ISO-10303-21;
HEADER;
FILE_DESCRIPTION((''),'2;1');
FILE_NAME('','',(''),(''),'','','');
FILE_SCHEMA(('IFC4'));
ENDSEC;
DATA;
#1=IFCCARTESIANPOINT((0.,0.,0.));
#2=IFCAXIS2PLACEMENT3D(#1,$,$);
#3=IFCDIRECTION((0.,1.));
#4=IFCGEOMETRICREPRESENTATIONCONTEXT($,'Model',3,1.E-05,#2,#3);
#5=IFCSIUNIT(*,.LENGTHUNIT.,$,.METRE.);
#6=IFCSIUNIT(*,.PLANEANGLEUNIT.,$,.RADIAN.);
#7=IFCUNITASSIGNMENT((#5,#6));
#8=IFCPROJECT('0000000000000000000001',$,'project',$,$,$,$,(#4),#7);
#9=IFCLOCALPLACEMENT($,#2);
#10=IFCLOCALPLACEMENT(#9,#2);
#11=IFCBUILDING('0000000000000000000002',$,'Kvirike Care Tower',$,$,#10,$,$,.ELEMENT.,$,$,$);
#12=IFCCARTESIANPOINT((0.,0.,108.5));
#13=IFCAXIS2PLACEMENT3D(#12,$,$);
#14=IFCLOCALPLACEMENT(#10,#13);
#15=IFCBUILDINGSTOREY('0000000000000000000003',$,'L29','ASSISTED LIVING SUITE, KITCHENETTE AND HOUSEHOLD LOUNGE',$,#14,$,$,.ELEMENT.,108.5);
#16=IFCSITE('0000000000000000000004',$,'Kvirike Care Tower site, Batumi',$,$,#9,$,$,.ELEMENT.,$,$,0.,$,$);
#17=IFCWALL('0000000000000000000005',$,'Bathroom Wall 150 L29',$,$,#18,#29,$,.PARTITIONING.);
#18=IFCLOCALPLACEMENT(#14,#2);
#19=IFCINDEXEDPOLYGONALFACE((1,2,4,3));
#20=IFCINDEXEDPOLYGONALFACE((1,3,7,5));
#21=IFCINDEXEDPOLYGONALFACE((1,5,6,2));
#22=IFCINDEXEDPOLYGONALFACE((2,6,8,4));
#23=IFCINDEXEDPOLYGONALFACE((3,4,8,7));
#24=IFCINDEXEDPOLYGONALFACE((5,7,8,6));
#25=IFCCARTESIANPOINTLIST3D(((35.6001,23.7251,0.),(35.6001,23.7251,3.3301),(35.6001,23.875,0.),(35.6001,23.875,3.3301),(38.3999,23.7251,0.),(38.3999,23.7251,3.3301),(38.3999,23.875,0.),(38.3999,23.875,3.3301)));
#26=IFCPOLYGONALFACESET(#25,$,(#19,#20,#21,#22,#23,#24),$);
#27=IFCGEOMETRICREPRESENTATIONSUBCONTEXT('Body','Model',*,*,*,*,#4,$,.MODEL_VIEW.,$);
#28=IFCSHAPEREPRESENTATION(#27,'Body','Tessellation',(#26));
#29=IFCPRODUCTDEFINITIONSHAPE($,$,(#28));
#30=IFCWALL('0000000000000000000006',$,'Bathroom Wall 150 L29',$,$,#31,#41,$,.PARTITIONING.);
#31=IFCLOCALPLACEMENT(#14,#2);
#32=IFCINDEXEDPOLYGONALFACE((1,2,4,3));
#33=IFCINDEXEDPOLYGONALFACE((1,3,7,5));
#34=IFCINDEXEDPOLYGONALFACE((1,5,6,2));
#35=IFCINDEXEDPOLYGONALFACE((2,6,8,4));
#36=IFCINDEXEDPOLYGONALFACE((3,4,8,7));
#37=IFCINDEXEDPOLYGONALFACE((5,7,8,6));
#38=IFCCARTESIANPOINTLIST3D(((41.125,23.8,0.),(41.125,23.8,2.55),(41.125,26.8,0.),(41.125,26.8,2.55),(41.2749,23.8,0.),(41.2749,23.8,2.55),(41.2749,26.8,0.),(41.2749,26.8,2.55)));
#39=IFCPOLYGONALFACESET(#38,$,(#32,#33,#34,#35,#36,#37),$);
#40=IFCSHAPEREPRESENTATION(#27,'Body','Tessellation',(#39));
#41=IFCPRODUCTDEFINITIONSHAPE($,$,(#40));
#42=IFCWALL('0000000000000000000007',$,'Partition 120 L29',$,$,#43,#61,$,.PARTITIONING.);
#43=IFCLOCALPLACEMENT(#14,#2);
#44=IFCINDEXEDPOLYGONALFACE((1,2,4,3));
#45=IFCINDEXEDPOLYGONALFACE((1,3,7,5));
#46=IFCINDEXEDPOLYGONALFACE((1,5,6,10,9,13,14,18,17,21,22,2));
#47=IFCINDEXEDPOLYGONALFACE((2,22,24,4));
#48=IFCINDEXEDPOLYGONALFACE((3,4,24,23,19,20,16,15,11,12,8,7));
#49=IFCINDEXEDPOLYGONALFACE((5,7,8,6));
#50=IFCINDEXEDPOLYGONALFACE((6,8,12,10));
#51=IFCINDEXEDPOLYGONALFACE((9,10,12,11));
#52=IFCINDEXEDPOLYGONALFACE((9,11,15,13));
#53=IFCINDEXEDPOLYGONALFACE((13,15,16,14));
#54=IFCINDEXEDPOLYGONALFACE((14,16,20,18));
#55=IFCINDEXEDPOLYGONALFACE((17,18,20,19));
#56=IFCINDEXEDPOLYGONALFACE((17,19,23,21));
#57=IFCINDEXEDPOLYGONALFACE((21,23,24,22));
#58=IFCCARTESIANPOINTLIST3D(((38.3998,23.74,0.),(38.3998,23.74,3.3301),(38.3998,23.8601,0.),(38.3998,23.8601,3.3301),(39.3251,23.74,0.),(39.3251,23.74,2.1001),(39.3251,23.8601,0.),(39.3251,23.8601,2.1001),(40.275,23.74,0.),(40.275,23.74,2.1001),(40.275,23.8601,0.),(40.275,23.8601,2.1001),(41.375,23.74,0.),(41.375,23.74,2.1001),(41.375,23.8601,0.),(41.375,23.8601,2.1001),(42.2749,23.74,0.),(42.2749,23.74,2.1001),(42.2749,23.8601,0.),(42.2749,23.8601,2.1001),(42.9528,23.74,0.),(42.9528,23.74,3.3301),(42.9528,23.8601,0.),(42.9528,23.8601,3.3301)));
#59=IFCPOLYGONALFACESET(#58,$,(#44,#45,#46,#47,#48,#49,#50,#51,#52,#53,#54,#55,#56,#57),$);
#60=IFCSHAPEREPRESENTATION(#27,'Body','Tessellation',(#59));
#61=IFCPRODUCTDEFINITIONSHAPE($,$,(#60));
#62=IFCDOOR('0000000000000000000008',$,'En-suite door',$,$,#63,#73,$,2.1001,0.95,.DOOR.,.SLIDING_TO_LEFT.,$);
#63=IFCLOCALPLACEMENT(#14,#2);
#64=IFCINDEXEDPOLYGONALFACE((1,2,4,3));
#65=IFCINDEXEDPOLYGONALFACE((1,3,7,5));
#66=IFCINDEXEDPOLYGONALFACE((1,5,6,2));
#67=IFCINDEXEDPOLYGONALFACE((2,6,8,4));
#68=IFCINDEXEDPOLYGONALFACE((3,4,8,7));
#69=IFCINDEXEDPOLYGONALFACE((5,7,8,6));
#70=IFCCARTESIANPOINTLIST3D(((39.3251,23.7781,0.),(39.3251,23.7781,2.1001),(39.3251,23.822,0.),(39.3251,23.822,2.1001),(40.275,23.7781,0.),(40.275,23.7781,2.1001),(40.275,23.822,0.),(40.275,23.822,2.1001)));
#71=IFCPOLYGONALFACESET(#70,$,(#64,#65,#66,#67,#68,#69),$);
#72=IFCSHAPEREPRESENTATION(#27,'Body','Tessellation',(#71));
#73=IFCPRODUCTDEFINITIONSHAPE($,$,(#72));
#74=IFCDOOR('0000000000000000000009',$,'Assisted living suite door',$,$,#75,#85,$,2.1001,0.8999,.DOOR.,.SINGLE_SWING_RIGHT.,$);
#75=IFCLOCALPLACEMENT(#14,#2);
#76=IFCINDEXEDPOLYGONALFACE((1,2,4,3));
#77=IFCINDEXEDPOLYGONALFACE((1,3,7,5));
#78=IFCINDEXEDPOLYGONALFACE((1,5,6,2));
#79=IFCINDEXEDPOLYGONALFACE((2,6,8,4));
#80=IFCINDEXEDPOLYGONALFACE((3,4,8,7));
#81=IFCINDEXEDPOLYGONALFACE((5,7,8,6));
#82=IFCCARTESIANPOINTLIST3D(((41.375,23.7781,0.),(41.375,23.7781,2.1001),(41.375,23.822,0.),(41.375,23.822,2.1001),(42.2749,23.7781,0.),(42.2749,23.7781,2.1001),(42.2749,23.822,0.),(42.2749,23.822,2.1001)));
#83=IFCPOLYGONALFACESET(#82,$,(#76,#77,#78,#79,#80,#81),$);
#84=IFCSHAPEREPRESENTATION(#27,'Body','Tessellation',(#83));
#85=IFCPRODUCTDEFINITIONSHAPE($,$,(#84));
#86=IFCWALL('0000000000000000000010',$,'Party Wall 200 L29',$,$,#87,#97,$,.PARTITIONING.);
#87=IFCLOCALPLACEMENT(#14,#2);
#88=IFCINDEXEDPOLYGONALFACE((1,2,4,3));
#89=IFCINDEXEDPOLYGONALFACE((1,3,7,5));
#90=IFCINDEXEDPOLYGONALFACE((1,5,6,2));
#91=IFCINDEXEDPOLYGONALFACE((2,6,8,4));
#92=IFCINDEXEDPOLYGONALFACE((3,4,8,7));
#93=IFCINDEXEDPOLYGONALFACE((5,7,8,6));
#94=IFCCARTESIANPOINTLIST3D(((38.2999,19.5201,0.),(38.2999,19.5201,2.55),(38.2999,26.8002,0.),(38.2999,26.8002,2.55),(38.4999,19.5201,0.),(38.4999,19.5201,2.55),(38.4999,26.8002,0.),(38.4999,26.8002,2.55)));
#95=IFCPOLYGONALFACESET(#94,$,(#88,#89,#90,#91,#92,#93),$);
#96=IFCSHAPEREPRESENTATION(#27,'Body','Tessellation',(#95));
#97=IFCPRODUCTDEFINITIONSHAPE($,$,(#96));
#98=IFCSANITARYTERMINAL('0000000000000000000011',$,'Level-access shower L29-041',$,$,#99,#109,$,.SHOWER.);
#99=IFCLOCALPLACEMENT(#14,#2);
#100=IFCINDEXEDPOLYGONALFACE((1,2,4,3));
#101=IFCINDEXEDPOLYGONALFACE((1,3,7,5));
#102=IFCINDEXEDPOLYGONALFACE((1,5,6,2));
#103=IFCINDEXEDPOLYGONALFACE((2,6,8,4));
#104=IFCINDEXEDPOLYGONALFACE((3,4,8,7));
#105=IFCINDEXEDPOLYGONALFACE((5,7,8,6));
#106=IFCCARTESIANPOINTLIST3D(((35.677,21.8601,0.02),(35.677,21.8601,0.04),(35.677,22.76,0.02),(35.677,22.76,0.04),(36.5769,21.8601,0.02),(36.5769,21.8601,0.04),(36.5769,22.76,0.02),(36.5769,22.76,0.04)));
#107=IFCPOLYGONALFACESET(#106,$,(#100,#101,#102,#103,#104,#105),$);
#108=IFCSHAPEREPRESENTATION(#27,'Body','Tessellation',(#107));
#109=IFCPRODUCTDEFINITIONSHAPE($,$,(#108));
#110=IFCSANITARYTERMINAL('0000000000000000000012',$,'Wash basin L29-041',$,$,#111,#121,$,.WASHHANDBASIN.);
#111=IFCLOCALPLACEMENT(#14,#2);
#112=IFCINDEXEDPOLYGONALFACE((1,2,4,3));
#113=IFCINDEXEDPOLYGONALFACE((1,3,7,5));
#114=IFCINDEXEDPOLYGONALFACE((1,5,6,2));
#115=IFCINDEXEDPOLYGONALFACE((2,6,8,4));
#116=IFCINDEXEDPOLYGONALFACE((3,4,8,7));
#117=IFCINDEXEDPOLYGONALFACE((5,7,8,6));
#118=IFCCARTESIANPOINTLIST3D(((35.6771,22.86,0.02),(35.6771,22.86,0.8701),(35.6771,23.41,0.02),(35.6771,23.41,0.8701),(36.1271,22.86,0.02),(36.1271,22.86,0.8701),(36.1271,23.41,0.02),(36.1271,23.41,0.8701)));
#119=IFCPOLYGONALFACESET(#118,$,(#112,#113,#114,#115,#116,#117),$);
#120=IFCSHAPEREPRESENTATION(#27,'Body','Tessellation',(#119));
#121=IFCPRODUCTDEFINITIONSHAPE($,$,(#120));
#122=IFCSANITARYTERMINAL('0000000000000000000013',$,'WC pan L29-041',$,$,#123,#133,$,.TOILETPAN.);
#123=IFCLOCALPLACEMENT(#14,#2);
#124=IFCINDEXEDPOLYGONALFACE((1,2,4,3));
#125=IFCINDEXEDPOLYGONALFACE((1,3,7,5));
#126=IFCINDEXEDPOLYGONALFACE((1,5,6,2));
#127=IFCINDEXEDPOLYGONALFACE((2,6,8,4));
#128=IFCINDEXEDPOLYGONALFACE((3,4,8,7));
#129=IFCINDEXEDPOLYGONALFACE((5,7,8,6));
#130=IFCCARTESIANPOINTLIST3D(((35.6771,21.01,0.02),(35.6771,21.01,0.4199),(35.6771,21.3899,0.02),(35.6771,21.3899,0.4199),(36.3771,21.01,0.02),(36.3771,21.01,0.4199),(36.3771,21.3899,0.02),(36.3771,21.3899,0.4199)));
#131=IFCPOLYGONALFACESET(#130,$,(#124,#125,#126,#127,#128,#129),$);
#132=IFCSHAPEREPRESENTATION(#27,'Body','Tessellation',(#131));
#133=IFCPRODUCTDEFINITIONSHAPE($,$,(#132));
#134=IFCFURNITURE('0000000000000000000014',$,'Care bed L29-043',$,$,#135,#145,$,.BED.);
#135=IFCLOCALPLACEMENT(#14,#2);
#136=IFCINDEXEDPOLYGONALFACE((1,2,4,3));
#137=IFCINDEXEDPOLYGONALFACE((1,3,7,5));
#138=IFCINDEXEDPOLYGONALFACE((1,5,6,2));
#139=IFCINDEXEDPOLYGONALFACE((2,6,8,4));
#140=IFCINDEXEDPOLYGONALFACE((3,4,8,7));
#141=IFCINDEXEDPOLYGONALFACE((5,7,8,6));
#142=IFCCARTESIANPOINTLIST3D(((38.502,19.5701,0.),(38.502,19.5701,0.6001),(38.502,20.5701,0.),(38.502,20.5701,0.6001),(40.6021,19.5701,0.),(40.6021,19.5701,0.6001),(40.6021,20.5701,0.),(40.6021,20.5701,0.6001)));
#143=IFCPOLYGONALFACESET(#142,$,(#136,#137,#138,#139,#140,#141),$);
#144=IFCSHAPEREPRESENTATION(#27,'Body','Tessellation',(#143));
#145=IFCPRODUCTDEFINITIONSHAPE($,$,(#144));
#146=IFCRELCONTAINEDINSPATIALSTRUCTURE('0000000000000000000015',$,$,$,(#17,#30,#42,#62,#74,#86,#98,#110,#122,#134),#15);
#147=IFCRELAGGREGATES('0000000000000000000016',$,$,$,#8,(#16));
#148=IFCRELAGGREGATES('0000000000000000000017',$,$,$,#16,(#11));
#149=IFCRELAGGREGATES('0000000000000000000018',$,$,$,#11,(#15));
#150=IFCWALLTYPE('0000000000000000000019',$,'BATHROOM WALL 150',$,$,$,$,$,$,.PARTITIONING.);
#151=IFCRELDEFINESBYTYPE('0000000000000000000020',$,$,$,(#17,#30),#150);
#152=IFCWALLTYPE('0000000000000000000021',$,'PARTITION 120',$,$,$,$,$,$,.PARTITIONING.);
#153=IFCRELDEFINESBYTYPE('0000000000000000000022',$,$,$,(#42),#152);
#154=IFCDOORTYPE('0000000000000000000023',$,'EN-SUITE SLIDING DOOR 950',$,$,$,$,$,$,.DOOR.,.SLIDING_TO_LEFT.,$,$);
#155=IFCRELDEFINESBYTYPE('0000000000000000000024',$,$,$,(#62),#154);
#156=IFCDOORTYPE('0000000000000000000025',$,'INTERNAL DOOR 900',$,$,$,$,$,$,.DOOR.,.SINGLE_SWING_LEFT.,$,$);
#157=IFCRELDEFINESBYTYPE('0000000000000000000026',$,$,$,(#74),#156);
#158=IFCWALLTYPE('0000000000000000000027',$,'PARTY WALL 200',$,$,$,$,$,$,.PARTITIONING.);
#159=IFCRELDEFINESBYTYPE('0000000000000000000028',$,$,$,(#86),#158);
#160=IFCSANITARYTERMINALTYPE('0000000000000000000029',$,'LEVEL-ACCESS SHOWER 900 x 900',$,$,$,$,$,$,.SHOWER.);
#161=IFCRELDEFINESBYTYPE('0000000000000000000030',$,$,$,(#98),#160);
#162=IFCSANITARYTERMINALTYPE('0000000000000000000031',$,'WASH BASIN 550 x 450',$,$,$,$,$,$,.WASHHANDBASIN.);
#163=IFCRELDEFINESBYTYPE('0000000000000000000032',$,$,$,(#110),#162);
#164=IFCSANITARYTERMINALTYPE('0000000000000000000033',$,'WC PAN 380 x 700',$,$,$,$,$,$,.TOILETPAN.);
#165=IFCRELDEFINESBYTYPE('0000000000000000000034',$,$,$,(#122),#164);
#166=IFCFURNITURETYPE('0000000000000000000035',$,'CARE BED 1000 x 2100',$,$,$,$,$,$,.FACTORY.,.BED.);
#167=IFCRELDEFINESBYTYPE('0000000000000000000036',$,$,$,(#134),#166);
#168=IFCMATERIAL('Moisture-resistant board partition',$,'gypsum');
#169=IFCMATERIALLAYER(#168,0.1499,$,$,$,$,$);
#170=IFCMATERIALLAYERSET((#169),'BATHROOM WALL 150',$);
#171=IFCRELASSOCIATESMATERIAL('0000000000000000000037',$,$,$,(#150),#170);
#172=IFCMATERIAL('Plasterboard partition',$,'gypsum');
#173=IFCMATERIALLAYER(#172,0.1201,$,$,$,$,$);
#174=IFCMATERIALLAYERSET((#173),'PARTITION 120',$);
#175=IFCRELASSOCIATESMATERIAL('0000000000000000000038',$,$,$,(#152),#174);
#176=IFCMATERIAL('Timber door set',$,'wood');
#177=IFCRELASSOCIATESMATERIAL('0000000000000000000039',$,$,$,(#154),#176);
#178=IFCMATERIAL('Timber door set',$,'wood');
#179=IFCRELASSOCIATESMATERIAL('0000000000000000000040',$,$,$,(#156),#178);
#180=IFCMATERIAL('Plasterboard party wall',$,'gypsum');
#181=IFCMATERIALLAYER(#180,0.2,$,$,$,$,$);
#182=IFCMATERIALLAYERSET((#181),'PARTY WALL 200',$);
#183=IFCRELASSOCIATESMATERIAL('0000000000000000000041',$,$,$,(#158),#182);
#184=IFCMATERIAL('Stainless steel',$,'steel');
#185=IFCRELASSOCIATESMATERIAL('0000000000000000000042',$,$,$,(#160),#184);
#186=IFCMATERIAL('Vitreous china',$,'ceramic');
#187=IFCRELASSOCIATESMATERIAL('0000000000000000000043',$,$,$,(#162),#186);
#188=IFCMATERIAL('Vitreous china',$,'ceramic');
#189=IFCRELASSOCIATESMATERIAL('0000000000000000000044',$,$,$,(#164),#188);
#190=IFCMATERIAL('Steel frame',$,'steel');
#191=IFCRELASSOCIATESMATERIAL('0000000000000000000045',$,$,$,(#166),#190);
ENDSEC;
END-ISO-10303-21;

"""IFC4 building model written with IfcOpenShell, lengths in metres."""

from ifc_helpers import new_model, si_unit, direction, frame, frame_2d, origin, origin_2d, place, context, subcontext, project, spatial, rectangle, extrude, material, layer, layer_set, type_object, element, fill, save


model = new_model("IFC4")

# Units and contexts
model_context = context("Model", 3, precision=1e-05, world=origin(), true_north=direction((0.0, 1.0)))
body_context = subcontext(model_context, "Body", "Model", "MODEL_VIEW")
ifc_project = project(units=[si_unit("LENGTHUNIT", "METRE"), si_unit("PLANEANGLEUNIT", "RADIAN")], contexts=[model_context])

# Site, building, storey
site_placement = place(None, origin())
site = spatial("IfcSite", under=ifc_project, at=site_placement, Name="Kvirike Care Tower site, Batumi", CompositionType="ELEMENT", RefElevation=0.0)
building_placement = place(site_placement, origin())
building = spatial("IfcBuilding", under=site, at=building_placement, Name="Kvirike Care Tower", CompositionType="ELEMENT")
storey_placement = place(building_placement, frame((0.0, 0.0, 108.5)))
storey = spatial("IfcBuildingStorey", under=building, at=storey_placement, Name="L29", Description="ASSISTED LIVING SUITE, KITCHENETTE AND HOUSEHOLD LOUNGE", CompositionType="ELEMENT", Elevation=108.5)

# Walls
ifc_material_1 = material(Name="Moisture-resistant board partition", Category="gypsum")
ifc_layer_1 = layer(ifc_material_1, 0.1499)
ifc_layer_set_1 = layer_set([ifc_layer_1], Name="BATHROOM WALL 150")
wall_type_1 = type_object("IfcWallType", Name="BATHROOM WALL 150", PredefinedType="PARTITIONING", material=ifc_layer_set_1)
wall_1_placement = place(storey_placement, frame((35.6001, 23.8, 0.0), z_axis=(0.0, 0.0, 1.0), x_axis=(1.0, 0.0, 0.0)))
element("IfcWall", 1, at=wall_1_placement, inside=storey, type_object=wall_type_1, Name="Bathroom Wall 150 L29", PredefinedType="PARTITIONING", context=body_context, shape_type="SweptSolid", body=[
    extrude(rectangle(XDim=2.7998, YDim=0.1499, at=frame_2d((1.3999, 0.0))), origin(), (0.0, 0.0, 1.0), 3.3301),
])
wall_2_placement = place(storey_placement, frame((41.2, 23.8, 0.0), z_axis=(0.0, 0.0, 1.0), x_axis=(0.0, 1.0, 0.0)))
element("IfcWall", 2, at=wall_2_placement, inside=storey, type_object=wall_type_1, Name="Bathroom Wall 150 L29", PredefinedType="PARTITIONING", context=body_context, shape_type="SweptSolid", body=[
    extrude(rectangle(XDim=3.0, YDim=0.1499, at=frame_2d((1.5, 0.0))), origin(), (0.0, 0.0, 1.0), 2.55),
])

# Wall, openings, doors
ifc_material_2 = material(Name="Plasterboard partition", Category="gypsum")
ifc_layer_2 = layer(ifc_material_2, 0.1201)
ifc_layer_set_2 = layer_set([ifc_layer_2], Name="PARTITION 120")
wall_type_2 = type_object("IfcWallType", Name="PARTITION 120", PredefinedType="PARTITIONING", material=ifc_layer_set_2)
wall_3_placement = place(storey_placement, frame((38.3999, 23.8, 0.0), z_axis=(0.0, 0.0, 1.0), x_axis=(1.0, 0.0, 0.0)))
wall_3 = element("IfcWall", 3, at=wall_3_placement, inside=storey, type_object=wall_type_2, Name="Partition 120 L29", PredefinedType="PARTITIONING", context=body_context, shape_type="SweptSolid", body=[
    extrude(rectangle(XDim=4.553, YDim=0.1201, at=frame_2d((2.2764, 0.0))), origin(), (0.0, 0.0, 1.0), 3.3301),
])
opening_1_placement = place(wall_3_placement, frame((2.9751, 0.0, 0.0)))
opening_1 = element("IfcOpeningElement", 4, at=opening_1_placement, cuts=wall_3, PredefinedType="OPENING", context=body_context, shape_type="SweptSolid", body=[
    extrude(rectangle(XDim=0.8999, YDim=2.1001, at=frame_2d((0.45, 1.05))), frame((0.0, 0.0706, 0.0), z_axis=(0.0, -1.0, 0.0), x_axis=(1.0, 0.0, 0.0)), (0.0, 0.0, 1.0), 0.1411),
])
opening_2_placement = place(wall_3_placement, frame((0.925, 0.0, 0.0)))
opening_2 = element("IfcOpeningElement", 5, at=opening_2_placement, cuts=wall_3, PredefinedType="OPENING", context=body_context, shape_type="SweptSolid", body=[
    extrude(rectangle(XDim=0.95, YDim=2.1001, at=frame_2d((0.4751, 1.05))), frame((0.0, 0.0706, 0.0), z_axis=(0.0, -1.0, 0.0), x_axis=(1.0, 0.0, 0.0)), (0.0, 0.0, 1.0), 0.1411),
])
ifc_material_3 = material(Name="Timber door set", Category="wood")
door_type_1 = type_object("IfcDoorType", Name="EN-SUITE SLIDING DOOR 950", OperationType="SLIDING_TO_LEFT", PredefinedType="DOOR", material=ifc_material_3)
door_1_placement = place(opening_2_placement, origin())
door_1 = element("IfcDoor", 6, at=door_1_placement, inside=storey, type_object=door_type_1, Name="En-suite door", OperationType="SLIDING_TO_LEFT", OverallHeight=2.1001, OverallWidth=0.95, PredefinedType="DOOR", context=body_context, shape_type="SweptSolid", body=[
    extrude(rectangle(XDim=0.95, YDim=2.1001, at=frame_2d((0.4751, 1.05))), frame((0.0, 0.022, 0.0), z_axis=(0.0, -1.0, 0.0), x_axis=(1.0, 0.0, 0.0)), (0.0, 0.0, 1.0), 0.0439),
])
fill(opening_2, door_1)
ifc_material_4 = material(Name="Timber door set", Category="wood")
door_type_2 = type_object("IfcDoorType", Name="INTERNAL DOOR 900", OperationType="SINGLE_SWING_LEFT", PredefinedType="DOOR", material=ifc_material_4)
door_2_placement = place(opening_1_placement, origin())
door_2 = element("IfcDoor", 7, at=door_2_placement, inside=storey, type_object=door_type_2, Name="Assisted living suite door", OperationType="SINGLE_SWING_RIGHT", OverallHeight=2.1001, OverallWidth=0.8999, PredefinedType="DOOR", context=body_context, shape_type="SweptSolid", body=[
    extrude(rectangle(XDim=0.8999, YDim=2.1001, at=frame_2d((0.45, 1.05))), frame((0.0, 0.022, 0.0), z_axis=(0.0, -1.0, 0.0), x_axis=(1.0, 0.0, 0.0)), (0.0, 0.0, 1.0), 0.0439),
])
fill(opening_1, door_2)

# Wall
ifc_material_5 = material(Name="Plasterboard party wall", Category="gypsum")
ifc_layer_3 = layer(ifc_material_5, 0.2)
ifc_layer_set_3 = layer_set([ifc_layer_3], Name="PARTY WALL 200")
wall_type_3 = type_object("IfcWallType", Name="PARTY WALL 200", PredefinedType="PARTITIONING", material=ifc_layer_set_3)
wall_4_placement = place(storey_placement, frame((38.3999, 19.52, 0.0), z_axis=(0.0, 0.0, 1.0), x_axis=(0.0, 1.0, 0.0)))
element("IfcWall", 8, at=wall_4_placement, inside=storey, type_object=wall_type_3, Name="Party Wall 200 L29", PredefinedType="PARTITIONING", context=body_context, shape_type="SweptSolid", body=[
    extrude(rectangle(XDim=7.28, YDim=0.2, at=frame_2d((3.6401, 0.0))), origin(), (0.0, 0.0, 1.0), 2.55),
])

# Sanitary terminals
ifc_material_6 = material(Name="Stainless steel", Category="steel")
sanitary_terminal_type_1 = type_object("IfcSanitaryTerminalType", Name="LEVEL-ACCESS SHOWER 900 x 900", PredefinedType="SHOWER", material=ifc_material_6)
sanitary_terminal_1_placement = place(storey_placement, frame((36.127, 22.3101, 0.02), z_axis=(0.0, 0.0, 1.0), x_axis=(0.0, 1.0, 0.0)))
element("IfcSanitaryTerminal", 9, at=sanitary_terminal_1_placement, inside=storey, type_object=sanitary_terminal_type_1, Name="Level-access shower L29-041", PredefinedType="SHOWER", context=body_context, shape_type="SweptSolid", body=[
    extrude(rectangle(XDim=0.8999, YDim=0.8999, at=origin_2d()), origin(), (0.0, 0.0, 1.0), 0.02),
])
ifc_material_7 = material(Name="Vitreous china", Category="ceramic")
sanitary_terminal_type_2 = type_object("IfcSanitaryTerminalType", Name="WASH BASIN 550 x 450", PredefinedType="WASHHANDBASIN", material=ifc_material_7)
sanitary_terminal_2_placement = place(storey_placement, frame((35.9021, 23.135, 0.02), z_axis=(0.0, 0.0, 1.0), x_axis=(0.0, 1.0, 0.0)))
element("IfcSanitaryTerminal", 10, at=sanitary_terminal_2_placement, inside=storey, type_object=sanitary_terminal_type_2, Name="Wash basin L29-041", PredefinedType="WASHHANDBASIN", context=body_context, shape_type="SweptSolid", body=[
    extrude(rectangle(XDim=0.55, YDim=0.45, at=origin_2d()), origin(), (0.0, 0.0, 1.0), 0.8501),
])
ifc_material_8 = material(Name="Vitreous china", Category="ceramic")
sanitary_terminal_type_3 = type_object("IfcSanitaryTerminalType", Name="WC PAN 380 x 700", PredefinedType="TOILETPAN", material=ifc_material_8)
sanitary_terminal_3_placement = place(storey_placement, frame((36.0271, 21.2, 0.02), z_axis=(0.0, 0.0, 1.0), x_axis=(0.0, 1.0, 0.0)))
element("IfcSanitaryTerminal", 11, at=sanitary_terminal_3_placement, inside=storey, type_object=sanitary_terminal_type_3, Name="WC pan L29-041", PredefinedType="TOILETPAN", context=body_context, shape_type="SweptSolid", body=[
    extrude(rectangle(XDim=0.3799, YDim=0.7, at=origin_2d()), origin(), (0.0, 0.0, 1.0), 0.3999),
])

# Furniture
ifc_material_9 = material(Name="Steel frame", Category="steel")
furniture_type = type_object("IfcFurnitureType", Name="CARE BED 1000 x 2100", AssemblyPlace="FACTORY", PredefinedType="BED", material=ifc_material_9)
furniture_placement = place(storey_placement, frame((39.552, 20.0701, 0.0), z_axis=(0.0, 0.0, 1.0), x_axis=(0.0, 1.0, 0.0)))
element("IfcFurniture", 12, at=furniture_placement, inside=storey, type_object=furniture_type, Name="Care bed L29-043", PredefinedType="BED", context=body_context, shape_type="SweptSolid", body=[
    extrude(rectangle(XDim=1.0, YDim=2.1001, at=origin_2d()), origin(), (0.0, 0.0, 1.0), 0.6001),
])

save(model, "model.ifc")
